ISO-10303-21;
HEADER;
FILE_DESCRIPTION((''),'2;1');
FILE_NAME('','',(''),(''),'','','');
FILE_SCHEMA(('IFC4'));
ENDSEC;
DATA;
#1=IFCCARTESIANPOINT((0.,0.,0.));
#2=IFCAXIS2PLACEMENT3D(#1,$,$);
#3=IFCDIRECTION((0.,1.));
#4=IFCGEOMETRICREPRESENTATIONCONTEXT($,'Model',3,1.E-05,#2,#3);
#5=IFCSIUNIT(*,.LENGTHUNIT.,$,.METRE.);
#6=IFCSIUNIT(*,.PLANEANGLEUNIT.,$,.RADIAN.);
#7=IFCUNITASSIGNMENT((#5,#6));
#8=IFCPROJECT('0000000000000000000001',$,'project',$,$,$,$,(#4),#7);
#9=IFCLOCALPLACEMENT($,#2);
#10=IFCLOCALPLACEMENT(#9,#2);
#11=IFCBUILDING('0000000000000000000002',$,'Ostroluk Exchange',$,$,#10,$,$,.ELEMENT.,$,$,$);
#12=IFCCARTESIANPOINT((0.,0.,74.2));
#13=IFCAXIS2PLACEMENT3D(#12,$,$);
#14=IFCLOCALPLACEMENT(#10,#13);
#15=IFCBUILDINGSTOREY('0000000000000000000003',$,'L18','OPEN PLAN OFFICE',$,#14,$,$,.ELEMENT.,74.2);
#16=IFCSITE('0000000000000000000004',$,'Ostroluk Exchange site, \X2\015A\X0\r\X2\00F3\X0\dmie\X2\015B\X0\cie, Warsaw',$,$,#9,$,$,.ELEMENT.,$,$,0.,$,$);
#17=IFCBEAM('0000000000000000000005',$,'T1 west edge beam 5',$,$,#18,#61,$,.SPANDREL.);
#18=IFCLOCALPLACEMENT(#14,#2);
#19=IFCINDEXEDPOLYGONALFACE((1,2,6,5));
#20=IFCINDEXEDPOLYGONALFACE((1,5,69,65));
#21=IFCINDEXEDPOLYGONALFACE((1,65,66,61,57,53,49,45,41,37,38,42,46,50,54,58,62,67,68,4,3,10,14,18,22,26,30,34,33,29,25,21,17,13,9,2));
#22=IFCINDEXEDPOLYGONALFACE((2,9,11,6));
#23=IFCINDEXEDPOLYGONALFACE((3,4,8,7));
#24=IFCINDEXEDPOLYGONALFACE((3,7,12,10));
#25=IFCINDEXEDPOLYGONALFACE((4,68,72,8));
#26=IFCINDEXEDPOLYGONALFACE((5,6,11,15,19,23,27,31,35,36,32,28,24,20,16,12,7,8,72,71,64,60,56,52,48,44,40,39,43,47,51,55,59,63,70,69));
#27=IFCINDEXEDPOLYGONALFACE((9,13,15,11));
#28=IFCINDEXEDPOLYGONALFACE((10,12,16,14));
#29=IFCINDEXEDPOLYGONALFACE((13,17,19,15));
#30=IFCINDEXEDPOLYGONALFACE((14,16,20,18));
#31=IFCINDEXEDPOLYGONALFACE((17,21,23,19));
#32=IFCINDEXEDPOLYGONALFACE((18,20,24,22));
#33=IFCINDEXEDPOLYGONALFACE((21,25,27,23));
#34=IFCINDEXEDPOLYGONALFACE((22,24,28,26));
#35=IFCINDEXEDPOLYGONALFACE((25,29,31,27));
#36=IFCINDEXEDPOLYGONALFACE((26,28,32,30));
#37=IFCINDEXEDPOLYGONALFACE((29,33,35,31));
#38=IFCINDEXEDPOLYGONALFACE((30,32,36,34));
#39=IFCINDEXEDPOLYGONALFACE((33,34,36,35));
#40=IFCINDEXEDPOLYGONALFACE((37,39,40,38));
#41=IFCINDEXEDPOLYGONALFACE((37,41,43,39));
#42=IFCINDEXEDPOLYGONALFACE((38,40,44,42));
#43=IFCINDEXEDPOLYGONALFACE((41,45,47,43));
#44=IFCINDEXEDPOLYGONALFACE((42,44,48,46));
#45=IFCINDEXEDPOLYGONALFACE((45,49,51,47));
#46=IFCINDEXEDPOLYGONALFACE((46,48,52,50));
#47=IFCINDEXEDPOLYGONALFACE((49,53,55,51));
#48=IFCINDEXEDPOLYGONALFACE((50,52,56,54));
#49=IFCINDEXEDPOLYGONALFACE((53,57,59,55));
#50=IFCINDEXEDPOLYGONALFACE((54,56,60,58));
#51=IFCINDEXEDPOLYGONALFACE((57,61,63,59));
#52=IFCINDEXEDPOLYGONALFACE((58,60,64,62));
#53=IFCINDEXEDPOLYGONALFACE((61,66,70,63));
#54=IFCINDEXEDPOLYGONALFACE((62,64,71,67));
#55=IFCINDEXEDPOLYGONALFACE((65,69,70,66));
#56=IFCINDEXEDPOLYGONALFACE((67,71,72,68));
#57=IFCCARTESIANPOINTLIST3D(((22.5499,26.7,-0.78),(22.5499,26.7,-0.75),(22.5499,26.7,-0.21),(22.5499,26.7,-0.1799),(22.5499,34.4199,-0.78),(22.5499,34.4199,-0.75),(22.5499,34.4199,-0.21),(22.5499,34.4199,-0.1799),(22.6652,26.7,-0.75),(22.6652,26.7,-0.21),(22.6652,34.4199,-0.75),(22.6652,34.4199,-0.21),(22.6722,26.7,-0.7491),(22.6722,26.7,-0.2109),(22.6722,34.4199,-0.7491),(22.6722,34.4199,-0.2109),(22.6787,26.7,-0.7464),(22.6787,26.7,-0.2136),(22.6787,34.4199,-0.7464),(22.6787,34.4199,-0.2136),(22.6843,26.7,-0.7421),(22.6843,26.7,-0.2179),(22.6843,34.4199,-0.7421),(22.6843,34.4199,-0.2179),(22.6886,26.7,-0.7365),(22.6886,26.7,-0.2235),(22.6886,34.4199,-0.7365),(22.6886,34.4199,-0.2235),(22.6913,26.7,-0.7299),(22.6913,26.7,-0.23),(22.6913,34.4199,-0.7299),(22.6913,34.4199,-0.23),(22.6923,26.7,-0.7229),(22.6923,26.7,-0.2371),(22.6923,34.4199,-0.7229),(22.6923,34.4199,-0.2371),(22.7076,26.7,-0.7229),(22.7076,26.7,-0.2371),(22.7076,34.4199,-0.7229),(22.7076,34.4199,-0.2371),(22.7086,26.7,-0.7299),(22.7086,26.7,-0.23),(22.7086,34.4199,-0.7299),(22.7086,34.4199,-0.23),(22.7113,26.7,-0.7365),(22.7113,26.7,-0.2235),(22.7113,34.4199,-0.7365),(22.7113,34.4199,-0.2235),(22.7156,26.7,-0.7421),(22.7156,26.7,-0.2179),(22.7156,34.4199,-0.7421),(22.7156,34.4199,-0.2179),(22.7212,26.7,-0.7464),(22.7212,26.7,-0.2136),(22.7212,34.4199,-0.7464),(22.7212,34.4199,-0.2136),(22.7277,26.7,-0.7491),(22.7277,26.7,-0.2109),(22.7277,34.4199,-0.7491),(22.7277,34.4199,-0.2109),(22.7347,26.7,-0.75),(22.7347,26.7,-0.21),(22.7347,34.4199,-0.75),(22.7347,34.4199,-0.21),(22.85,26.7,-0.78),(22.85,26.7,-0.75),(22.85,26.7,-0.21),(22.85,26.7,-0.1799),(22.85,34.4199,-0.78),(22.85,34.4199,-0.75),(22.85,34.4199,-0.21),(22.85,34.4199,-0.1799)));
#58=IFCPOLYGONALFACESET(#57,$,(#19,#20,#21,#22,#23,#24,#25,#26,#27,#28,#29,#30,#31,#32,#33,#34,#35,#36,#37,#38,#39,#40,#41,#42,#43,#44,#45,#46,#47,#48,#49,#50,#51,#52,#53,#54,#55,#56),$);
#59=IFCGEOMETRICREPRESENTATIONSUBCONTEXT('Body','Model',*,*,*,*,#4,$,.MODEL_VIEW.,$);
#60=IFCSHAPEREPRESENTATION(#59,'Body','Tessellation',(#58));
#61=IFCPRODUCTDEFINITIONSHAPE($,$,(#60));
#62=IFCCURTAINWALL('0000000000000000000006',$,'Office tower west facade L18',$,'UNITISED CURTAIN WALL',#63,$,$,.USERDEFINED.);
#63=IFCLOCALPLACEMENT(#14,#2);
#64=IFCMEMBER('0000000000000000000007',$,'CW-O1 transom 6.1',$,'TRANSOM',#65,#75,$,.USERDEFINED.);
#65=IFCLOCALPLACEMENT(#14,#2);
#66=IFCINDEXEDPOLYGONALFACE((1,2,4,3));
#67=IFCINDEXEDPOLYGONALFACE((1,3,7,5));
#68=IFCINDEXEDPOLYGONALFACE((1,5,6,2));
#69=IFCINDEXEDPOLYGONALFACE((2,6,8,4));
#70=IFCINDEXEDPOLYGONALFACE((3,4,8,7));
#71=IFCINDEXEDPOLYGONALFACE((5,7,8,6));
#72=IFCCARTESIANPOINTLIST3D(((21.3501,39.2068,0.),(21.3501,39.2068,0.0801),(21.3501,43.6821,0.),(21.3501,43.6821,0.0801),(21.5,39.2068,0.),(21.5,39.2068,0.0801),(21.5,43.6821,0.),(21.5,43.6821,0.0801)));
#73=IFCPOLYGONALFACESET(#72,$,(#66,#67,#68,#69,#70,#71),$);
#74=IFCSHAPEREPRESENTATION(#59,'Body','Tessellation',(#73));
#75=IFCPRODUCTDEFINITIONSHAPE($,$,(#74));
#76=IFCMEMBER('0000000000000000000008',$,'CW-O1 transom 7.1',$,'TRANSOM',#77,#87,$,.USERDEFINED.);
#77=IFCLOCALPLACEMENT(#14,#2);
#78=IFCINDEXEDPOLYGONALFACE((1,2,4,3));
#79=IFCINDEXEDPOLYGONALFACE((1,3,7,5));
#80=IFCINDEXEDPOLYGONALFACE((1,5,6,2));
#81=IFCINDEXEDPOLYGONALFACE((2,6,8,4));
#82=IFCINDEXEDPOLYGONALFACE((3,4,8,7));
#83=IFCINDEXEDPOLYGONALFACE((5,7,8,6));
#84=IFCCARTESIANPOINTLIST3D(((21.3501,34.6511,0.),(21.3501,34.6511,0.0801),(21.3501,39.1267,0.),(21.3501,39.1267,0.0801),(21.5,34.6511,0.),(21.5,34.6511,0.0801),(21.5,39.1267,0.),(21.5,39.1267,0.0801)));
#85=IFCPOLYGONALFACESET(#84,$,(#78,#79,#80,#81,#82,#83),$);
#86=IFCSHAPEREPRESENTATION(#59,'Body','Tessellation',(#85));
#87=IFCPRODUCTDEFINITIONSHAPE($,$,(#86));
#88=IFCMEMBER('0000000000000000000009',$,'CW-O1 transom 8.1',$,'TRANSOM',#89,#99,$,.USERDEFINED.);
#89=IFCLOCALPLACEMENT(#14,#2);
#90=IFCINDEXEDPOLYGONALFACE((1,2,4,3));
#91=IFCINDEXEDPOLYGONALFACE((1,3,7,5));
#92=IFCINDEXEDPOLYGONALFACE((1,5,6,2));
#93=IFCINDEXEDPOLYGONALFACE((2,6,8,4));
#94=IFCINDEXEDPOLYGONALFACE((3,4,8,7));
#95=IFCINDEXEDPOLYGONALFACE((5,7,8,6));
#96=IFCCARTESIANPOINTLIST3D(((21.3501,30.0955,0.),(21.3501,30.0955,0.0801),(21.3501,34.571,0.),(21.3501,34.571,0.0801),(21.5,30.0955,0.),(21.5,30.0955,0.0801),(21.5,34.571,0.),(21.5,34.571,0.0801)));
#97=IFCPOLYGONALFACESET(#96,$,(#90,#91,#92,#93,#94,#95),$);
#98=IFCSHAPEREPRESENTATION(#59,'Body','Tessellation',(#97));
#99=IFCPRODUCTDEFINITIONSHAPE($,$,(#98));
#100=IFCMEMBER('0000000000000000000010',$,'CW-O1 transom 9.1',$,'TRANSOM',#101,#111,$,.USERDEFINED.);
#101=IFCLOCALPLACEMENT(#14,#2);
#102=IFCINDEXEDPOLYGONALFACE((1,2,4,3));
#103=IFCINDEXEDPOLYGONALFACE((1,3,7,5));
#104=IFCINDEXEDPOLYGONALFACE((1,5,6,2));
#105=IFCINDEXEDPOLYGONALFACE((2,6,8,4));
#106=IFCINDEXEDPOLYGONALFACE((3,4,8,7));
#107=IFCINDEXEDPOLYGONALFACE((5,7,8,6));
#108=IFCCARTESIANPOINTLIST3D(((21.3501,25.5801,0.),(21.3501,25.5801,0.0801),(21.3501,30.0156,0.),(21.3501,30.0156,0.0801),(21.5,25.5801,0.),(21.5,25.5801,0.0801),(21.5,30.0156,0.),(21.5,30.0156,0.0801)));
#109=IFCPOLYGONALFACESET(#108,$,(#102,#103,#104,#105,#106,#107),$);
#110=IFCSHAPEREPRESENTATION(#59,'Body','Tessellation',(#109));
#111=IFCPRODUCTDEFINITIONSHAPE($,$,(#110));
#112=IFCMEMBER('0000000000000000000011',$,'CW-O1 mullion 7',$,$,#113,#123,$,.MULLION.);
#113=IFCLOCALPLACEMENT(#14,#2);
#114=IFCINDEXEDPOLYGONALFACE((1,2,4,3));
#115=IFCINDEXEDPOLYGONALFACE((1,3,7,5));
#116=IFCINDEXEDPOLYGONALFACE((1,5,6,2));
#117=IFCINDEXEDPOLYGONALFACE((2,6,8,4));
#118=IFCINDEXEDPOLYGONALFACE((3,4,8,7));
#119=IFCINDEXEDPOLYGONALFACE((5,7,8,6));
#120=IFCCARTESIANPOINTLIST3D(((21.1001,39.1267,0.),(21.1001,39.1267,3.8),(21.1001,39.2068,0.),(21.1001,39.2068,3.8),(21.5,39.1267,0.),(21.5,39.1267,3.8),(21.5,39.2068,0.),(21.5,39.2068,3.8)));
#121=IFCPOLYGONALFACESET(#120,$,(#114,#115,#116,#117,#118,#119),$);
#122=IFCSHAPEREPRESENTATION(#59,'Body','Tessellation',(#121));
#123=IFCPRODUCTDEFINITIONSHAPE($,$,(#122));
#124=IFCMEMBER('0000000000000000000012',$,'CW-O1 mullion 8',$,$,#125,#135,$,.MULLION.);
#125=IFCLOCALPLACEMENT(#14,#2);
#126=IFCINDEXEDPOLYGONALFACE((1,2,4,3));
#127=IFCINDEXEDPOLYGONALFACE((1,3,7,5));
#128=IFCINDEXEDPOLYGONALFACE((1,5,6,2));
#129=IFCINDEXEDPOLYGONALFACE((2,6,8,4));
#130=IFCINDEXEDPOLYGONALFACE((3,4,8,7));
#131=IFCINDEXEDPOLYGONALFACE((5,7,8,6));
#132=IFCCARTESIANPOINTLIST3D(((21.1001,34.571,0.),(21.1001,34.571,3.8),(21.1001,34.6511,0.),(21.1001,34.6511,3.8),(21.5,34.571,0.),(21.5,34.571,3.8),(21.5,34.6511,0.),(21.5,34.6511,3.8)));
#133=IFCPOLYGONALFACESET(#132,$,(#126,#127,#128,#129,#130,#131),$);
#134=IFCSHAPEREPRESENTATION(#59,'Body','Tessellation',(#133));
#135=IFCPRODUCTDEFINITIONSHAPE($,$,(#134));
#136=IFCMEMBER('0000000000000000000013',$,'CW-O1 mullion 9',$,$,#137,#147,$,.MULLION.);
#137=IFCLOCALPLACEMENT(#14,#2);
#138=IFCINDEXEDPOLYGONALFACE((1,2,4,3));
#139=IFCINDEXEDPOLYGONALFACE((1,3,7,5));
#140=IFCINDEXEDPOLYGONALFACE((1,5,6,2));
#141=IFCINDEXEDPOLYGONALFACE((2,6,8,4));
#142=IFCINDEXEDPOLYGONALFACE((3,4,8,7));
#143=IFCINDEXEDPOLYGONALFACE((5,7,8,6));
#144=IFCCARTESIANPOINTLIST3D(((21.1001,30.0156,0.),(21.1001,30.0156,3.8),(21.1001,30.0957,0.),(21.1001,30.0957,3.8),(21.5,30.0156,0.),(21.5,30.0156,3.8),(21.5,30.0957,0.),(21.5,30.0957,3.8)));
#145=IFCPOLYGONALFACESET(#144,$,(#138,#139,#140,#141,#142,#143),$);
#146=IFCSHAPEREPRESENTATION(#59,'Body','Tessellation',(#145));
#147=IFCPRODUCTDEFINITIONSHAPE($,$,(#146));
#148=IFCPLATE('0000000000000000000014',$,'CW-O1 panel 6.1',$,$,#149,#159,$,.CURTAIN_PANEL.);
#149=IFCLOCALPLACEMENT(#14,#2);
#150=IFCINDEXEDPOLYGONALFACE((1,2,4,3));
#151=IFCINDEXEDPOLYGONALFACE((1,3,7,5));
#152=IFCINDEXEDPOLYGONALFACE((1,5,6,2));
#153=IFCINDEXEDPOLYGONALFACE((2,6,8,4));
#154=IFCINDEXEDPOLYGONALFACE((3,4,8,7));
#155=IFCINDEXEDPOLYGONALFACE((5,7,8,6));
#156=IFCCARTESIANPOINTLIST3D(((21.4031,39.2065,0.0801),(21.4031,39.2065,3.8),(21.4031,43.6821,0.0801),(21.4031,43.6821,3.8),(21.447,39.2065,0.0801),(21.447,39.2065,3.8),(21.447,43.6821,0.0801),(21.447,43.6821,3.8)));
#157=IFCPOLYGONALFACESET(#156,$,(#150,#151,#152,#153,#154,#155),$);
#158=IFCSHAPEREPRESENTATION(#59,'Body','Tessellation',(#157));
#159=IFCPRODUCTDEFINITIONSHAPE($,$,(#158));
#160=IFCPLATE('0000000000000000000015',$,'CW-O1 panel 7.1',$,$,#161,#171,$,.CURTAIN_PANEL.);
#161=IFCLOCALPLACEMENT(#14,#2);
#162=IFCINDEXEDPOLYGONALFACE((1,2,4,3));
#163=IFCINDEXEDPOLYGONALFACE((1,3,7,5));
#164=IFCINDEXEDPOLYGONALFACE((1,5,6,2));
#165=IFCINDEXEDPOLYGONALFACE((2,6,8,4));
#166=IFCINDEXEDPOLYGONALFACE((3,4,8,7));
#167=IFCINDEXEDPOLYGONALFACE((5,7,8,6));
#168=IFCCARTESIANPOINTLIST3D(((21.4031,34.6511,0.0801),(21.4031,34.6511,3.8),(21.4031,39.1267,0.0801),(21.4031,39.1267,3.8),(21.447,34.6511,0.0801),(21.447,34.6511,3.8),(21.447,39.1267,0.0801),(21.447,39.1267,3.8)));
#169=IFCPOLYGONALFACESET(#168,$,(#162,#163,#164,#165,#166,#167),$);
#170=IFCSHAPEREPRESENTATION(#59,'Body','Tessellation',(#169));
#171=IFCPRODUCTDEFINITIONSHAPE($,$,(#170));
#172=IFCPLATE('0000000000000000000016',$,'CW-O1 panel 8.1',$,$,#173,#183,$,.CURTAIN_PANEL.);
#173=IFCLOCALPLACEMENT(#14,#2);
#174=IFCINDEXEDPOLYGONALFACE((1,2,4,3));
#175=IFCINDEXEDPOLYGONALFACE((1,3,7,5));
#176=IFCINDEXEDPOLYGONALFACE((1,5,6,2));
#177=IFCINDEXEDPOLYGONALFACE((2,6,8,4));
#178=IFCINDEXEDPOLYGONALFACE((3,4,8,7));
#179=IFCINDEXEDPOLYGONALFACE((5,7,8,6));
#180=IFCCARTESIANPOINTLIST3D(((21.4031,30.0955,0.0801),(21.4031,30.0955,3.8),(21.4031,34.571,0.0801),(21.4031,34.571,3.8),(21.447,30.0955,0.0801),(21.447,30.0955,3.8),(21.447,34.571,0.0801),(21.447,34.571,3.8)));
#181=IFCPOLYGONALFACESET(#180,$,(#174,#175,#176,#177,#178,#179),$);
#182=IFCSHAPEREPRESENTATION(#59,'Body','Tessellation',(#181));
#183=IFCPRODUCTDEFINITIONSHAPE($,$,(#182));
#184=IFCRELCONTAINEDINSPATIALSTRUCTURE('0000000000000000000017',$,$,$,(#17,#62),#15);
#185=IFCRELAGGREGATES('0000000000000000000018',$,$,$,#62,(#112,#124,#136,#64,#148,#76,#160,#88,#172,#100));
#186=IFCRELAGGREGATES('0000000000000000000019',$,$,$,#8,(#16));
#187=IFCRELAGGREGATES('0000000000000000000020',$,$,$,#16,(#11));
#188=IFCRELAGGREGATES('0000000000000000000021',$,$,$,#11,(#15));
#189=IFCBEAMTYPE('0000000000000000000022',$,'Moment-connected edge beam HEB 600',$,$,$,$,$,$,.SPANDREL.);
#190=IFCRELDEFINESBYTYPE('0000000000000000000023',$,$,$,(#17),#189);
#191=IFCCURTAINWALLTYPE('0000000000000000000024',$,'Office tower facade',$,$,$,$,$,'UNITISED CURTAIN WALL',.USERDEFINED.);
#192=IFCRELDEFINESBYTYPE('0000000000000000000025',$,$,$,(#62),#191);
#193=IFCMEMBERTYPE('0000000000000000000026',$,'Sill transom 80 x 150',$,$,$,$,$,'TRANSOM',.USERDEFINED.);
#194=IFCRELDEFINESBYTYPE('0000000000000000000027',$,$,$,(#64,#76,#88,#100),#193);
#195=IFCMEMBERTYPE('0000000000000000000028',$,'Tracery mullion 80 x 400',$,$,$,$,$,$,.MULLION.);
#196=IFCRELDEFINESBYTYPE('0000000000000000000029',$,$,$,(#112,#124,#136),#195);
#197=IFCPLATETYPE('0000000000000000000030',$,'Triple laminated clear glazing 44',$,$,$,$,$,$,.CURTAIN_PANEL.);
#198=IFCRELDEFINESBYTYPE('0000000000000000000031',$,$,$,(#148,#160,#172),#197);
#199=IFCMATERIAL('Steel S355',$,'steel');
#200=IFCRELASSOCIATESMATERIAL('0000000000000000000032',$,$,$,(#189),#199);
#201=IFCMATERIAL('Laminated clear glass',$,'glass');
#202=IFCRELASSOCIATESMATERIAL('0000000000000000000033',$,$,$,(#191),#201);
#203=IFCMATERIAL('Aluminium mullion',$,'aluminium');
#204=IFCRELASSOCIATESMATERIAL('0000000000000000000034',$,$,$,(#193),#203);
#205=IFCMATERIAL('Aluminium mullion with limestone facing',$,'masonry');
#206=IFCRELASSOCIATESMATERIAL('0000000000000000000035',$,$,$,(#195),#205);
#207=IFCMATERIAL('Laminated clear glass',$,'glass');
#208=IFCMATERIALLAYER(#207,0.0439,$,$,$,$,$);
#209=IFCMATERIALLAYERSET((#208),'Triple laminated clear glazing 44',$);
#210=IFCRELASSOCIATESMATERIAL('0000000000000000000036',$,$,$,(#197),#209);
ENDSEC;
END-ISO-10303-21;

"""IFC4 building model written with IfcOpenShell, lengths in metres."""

from ifc_helpers import new_model, si_unit, direction, frame, origin, origin_2d, place, context, subcontext, project, spatial, rectangle, i_section, extrude, material, layer, layer_set, material_profile, profile_set, type_object, element, aggregate, save


model = new_model("IFC4")

# Units and contexts
model_context = context("Model", 3, precision=1e-05, world=origin(), true_north=direction((0.0, 1.0)))
body_context = subcontext(model_context, "Body", "Model", "MODEL_VIEW")
ifc_project = project(units=[si_unit("LENGTHUNIT", "METRE"), si_unit("PLANEANGLEUNIT", "RADIAN")], contexts=[model_context])

# Site, building, storey
site_placement = place(None, origin())
site = spatial("IfcSite", under=ifc_project, at=site_placement, Name="Ostroluk Exchange site, Śródmieście, Warsaw", CompositionType="ELEMENT", RefElevation=0.0)
building_placement = place(site_placement, origin())
building = spatial("IfcBuilding", under=site, at=building_placement, Name="Ostroluk Exchange", CompositionType="ELEMENT")
storey_placement = place(building_placement, frame((0.0, 0.0, 74.2)))
storey = spatial("IfcBuildingStorey", under=building, at=storey_placement, Name="L18", Description="OPEN PLAN OFFICE", CompositionType="ELEMENT", Elevation=74.2)

# Beam
ifc_material_1 = material(Name="Steel S355", Category="steel")
ifc_material_profile_1 = material_profile(ifc_material_1, i_section(OverallWidth=0.3, OverallDepth=0.6001, WebThickness=0.0154, FlangeThickness=0.03, FilletRadius=0.0271, at=origin_2d()), Name="HEB 600")
ifc_profile_set_1 = profile_set([ifc_material_profile_1], Name="Steel S355")
beam_type_1 = type_object("IfcBeamType", Name="Moment-connected edge beam HEB 600", PredefinedType="SPANDREL", material=ifc_profile_set_1)
for number, where, z_axis, x_axis, name in (
    (1, (22.7, 34.4199, -0.48), (0.0, -1.0, 0.0), (1.0, 0.0, 0.0), "T1 west edge beam 5"),
):
    element("IfcBeam", number, at=place(storey_placement, frame(where, z_axis=z_axis, x_axis=x_axis)), inside=storey, type_object=beam_type_1, Name=name, PredefinedType="SPANDREL", context=body_context, shape_type="SweptSolid", body=[
        extrude(i_section(OverallWidth=0.3, OverallDepth=0.6001, WebThickness=0.0154, FlangeThickness=0.03, FilletRadius=0.0271, at=origin_2d()), origin(), (0.0, 0.0, 1.0), 7.72),
    ])

# Curtain wall, members, plates
ifc_material_2 = material(Name="Laminated clear glass", Category="glass")
curtain_wall_type = type_object("IfcCurtainWallType", Name="Office tower facade", ElementType="UNITISED CURTAIN WALL", PredefinedType="USERDEFINED", material=ifc_material_2)
curtain_wall_placement = place(storey_placement, origin())
curtain_wall = element("IfcCurtainWall", 2, at=curtain_wall_placement, inside=storey, type_object=curtain_wall_type, Name="Office tower west facade L18", ObjectType="UNITISED CURTAIN WALL", PredefinedType="USERDEFINED")
ifc_material_3 = material(Name="Aluminium mullion", Category="aluminium")
ifc_material_profile_2 = material_profile(ifc_material_3, rectangle(XDim=0.1499, YDim=0.0801, at=origin_2d()), Name="Sill transom 80 x 150")
ifc_profile_set_2 = profile_set([ifc_material_profile_2], Name="Aluminium mullion")
member_type_1 = type_object("IfcMemberType", Name="Sill transom 80 x 150", ElementType="TRANSOM", PredefinedType="USERDEFINED", material=ifc_profile_set_2)
member_1_placement = place(storey_placement, frame((21.425, 43.6821, 0.04), z_axis=(0.0, -1.0, 0.0), x_axis=(1.0, 0.0, 0.0)))
member_1 = element("IfcMember", 3, at=member_1_placement, type_object=member_type_1, Name="CW-O1 transom 6.1", ObjectType="TRANSOM", PredefinedType="USERDEFINED", context=body_context, shape_type="SweptSolid", body=[
    extrude(rectangle(XDim=0.1499, YDim=0.0801, at=origin_2d()), origin(), (0.0, 0.0, 1.0), 4.4753),
])
member_2_placement = place(storey_placement, frame((21.425, 39.1267, 0.04), z_axis=(0.0, -1.0, 0.0), x_axis=(1.0, 0.0, 0.0)))
member_2 = element("IfcMember", 4, at=member_2_placement, type_object=member_type_1, Name="CW-O1 transom 7.1", ObjectType="TRANSOM", PredefinedType="USERDEFINED", context=body_context, shape_type="SweptSolid", body=[
    extrude(rectangle(XDim=0.1499, YDim=0.0801, at=origin_2d()), origin(), (0.0, 0.0, 1.0), 4.4756),
])
member_3_placement = place(storey_placement, frame((21.425, 34.571, 0.04), z_axis=(0.0, -1.0, 0.0), x_axis=(1.0, 0.0, 0.0)))
member_3 = element("IfcMember", 5, at=member_3_placement, type_object=member_type_1, Name="CW-O1 transom 8.1", ObjectType="TRANSOM", PredefinedType="USERDEFINED", context=body_context, shape_type="SweptSolid", body=[
    extrude(rectangle(XDim=0.1499, YDim=0.0801, at=origin_2d()), origin(), (0.0, 0.0, 1.0), 4.4756),
])
member_4_placement = place(storey_placement, frame((21.425, 30.0156, 0.04), z_axis=(0.0, -1.0, 0.0), x_axis=(1.0, 0.0, 0.0)))
member_4 = element("IfcMember", 6, at=member_4_placement, type_object=member_type_1, Name="CW-O1 transom 9.1", ObjectType="TRANSOM", PredefinedType="USERDEFINED", context=body_context, shape_type="SweptSolid", body=[
    extrude(rectangle(XDim=0.1499, YDim=0.0801, at=origin_2d()), origin(), (0.0, 0.0, 1.0), 4.4355),
])
ifc_material_4 = material(Name="Aluminium mullion with limestone facing", Category="masonry")
ifc_material_profile_3 = material_profile(ifc_material_4, rectangle(XDim=0.3999, YDim=0.0801, at=origin_2d()), Name="Tracery mullion 80 x 400")
ifc_profile_set_3 = profile_set([ifc_material_profile_3], Name="Aluminium mullion with limestone facing")
member_type_2 = type_object("IfcMemberType", Name="Tracery mullion 80 x 400", PredefinedType="MULLION", material=ifc_profile_set_3)
member_5_placement = place(storey_placement, frame((21.3, 39.1667, 0.0), z_axis=(0.0, 0.0, 1.0), x_axis=(1.0, 0.0, 0.0)))
member_5 = element("IfcMember", 7, at=member_5_placement, type_object=member_type_2, Name="CW-O1 mullion 7", PredefinedType="MULLION", context=body_context, shape_type="SweptSolid", body=[
    extrude(rectangle(XDim=0.3999, YDim=0.0801, at=origin_2d()), origin(), (0.0, 0.0, 1.0), 3.8),
])
member_6_placement = place(storey_placement, frame((21.3, 34.6111, 0.0), z_axis=(0.0, 0.0, 1.0), x_axis=(1.0, 0.0, 0.0)))
member_6 = element("IfcMember", 8, at=member_6_placement, type_object=member_type_2, Name="CW-O1 mullion 8", PredefinedType="MULLION", context=body_context, shape_type="SweptSolid", body=[
    extrude(rectangle(XDim=0.3999, YDim=0.0801, at=origin_2d()), origin(), (0.0, 0.0, 1.0), 3.8),
])
member_7_placement = place(storey_placement, frame((21.3, 30.0557, 0.0), z_axis=(0.0, 0.0, 1.0), x_axis=(1.0, 0.0, 0.0)))
member_7 = element("IfcMember", 9, at=member_7_placement, type_object=member_type_2, Name="CW-O1 mullion 9", PredefinedType="MULLION", context=body_context, shape_type="SweptSolid", body=[
    extrude(rectangle(XDim=0.3999, YDim=0.0801, at=origin_2d()), origin(), (0.0, 0.0, 1.0), 3.8),
])
ifc_material_5 = material(Name="Laminated clear glass", Category="glass")
ifc_layer = layer(ifc_material_5, 0.0439)
ifc_layer_set = layer_set([ifc_layer], Name="Triple laminated clear glazing 44")
plate_type = type_object("IfcPlateType", Name="Triple laminated clear glazing 44", PredefinedType="CURTAIN_PANEL", material=ifc_layer_set)
plate_1_placement = place(storey_placement, frame((21.425, 41.4443, 0.0801), z_axis=(0.0, 0.0, 1.0), x_axis=(0.0, -1.0, 0.0)))
plate_1 = element("IfcPlate", 10, at=plate_1_placement, type_object=plate_type, Name="CW-O1 panel 6.1", PredefinedType="CURTAIN_PANEL", context=body_context, shape_type="SweptSolid", body=[
    extrude(rectangle(XDim=4.4756, YDim=0.0439, at=origin_2d()), origin(), (0.0, 0.0, 1.0), 3.72),
])
plate_2_placement = place(storey_placement, frame((21.425, 36.8889, 0.0801), z_axis=(0.0, 0.0, 1.0), x_axis=(0.0, -1.0, 0.0)))
plate_2 = element("IfcPlate", 11, at=plate_2_placement, type_object=plate_type, Name="CW-O1 panel 7.1", PredefinedType="CURTAIN_PANEL", context=body_context, shape_type="SweptSolid", body=[
    extrude(rectangle(XDim=4.4756, YDim=0.0439, at=origin_2d()), origin(), (0.0, 0.0, 1.0), 3.72),
])
plate_3_placement = place(storey_placement, frame((21.425, 32.3333, 0.0801), z_axis=(0.0, 0.0, 1.0), x_axis=(0.0, -1.0, 0.0)))
plate_3 = element("IfcPlate", 12, at=plate_3_placement, type_object=plate_type, Name="CW-O1 panel 8.1", PredefinedType="CURTAIN_PANEL", context=body_context, shape_type="SweptSolid", body=[
    extrude(rectangle(XDim=4.4756, YDim=0.0439, at=origin_2d()), origin(), (0.0, 0.0, 1.0), 3.72),
])
aggregate(curtain_wall, [member_5, member_6, member_7, member_1, plate_1, member_2, plate_2, member_3, plate_3, member_4])

save(model, "model.ifc")
